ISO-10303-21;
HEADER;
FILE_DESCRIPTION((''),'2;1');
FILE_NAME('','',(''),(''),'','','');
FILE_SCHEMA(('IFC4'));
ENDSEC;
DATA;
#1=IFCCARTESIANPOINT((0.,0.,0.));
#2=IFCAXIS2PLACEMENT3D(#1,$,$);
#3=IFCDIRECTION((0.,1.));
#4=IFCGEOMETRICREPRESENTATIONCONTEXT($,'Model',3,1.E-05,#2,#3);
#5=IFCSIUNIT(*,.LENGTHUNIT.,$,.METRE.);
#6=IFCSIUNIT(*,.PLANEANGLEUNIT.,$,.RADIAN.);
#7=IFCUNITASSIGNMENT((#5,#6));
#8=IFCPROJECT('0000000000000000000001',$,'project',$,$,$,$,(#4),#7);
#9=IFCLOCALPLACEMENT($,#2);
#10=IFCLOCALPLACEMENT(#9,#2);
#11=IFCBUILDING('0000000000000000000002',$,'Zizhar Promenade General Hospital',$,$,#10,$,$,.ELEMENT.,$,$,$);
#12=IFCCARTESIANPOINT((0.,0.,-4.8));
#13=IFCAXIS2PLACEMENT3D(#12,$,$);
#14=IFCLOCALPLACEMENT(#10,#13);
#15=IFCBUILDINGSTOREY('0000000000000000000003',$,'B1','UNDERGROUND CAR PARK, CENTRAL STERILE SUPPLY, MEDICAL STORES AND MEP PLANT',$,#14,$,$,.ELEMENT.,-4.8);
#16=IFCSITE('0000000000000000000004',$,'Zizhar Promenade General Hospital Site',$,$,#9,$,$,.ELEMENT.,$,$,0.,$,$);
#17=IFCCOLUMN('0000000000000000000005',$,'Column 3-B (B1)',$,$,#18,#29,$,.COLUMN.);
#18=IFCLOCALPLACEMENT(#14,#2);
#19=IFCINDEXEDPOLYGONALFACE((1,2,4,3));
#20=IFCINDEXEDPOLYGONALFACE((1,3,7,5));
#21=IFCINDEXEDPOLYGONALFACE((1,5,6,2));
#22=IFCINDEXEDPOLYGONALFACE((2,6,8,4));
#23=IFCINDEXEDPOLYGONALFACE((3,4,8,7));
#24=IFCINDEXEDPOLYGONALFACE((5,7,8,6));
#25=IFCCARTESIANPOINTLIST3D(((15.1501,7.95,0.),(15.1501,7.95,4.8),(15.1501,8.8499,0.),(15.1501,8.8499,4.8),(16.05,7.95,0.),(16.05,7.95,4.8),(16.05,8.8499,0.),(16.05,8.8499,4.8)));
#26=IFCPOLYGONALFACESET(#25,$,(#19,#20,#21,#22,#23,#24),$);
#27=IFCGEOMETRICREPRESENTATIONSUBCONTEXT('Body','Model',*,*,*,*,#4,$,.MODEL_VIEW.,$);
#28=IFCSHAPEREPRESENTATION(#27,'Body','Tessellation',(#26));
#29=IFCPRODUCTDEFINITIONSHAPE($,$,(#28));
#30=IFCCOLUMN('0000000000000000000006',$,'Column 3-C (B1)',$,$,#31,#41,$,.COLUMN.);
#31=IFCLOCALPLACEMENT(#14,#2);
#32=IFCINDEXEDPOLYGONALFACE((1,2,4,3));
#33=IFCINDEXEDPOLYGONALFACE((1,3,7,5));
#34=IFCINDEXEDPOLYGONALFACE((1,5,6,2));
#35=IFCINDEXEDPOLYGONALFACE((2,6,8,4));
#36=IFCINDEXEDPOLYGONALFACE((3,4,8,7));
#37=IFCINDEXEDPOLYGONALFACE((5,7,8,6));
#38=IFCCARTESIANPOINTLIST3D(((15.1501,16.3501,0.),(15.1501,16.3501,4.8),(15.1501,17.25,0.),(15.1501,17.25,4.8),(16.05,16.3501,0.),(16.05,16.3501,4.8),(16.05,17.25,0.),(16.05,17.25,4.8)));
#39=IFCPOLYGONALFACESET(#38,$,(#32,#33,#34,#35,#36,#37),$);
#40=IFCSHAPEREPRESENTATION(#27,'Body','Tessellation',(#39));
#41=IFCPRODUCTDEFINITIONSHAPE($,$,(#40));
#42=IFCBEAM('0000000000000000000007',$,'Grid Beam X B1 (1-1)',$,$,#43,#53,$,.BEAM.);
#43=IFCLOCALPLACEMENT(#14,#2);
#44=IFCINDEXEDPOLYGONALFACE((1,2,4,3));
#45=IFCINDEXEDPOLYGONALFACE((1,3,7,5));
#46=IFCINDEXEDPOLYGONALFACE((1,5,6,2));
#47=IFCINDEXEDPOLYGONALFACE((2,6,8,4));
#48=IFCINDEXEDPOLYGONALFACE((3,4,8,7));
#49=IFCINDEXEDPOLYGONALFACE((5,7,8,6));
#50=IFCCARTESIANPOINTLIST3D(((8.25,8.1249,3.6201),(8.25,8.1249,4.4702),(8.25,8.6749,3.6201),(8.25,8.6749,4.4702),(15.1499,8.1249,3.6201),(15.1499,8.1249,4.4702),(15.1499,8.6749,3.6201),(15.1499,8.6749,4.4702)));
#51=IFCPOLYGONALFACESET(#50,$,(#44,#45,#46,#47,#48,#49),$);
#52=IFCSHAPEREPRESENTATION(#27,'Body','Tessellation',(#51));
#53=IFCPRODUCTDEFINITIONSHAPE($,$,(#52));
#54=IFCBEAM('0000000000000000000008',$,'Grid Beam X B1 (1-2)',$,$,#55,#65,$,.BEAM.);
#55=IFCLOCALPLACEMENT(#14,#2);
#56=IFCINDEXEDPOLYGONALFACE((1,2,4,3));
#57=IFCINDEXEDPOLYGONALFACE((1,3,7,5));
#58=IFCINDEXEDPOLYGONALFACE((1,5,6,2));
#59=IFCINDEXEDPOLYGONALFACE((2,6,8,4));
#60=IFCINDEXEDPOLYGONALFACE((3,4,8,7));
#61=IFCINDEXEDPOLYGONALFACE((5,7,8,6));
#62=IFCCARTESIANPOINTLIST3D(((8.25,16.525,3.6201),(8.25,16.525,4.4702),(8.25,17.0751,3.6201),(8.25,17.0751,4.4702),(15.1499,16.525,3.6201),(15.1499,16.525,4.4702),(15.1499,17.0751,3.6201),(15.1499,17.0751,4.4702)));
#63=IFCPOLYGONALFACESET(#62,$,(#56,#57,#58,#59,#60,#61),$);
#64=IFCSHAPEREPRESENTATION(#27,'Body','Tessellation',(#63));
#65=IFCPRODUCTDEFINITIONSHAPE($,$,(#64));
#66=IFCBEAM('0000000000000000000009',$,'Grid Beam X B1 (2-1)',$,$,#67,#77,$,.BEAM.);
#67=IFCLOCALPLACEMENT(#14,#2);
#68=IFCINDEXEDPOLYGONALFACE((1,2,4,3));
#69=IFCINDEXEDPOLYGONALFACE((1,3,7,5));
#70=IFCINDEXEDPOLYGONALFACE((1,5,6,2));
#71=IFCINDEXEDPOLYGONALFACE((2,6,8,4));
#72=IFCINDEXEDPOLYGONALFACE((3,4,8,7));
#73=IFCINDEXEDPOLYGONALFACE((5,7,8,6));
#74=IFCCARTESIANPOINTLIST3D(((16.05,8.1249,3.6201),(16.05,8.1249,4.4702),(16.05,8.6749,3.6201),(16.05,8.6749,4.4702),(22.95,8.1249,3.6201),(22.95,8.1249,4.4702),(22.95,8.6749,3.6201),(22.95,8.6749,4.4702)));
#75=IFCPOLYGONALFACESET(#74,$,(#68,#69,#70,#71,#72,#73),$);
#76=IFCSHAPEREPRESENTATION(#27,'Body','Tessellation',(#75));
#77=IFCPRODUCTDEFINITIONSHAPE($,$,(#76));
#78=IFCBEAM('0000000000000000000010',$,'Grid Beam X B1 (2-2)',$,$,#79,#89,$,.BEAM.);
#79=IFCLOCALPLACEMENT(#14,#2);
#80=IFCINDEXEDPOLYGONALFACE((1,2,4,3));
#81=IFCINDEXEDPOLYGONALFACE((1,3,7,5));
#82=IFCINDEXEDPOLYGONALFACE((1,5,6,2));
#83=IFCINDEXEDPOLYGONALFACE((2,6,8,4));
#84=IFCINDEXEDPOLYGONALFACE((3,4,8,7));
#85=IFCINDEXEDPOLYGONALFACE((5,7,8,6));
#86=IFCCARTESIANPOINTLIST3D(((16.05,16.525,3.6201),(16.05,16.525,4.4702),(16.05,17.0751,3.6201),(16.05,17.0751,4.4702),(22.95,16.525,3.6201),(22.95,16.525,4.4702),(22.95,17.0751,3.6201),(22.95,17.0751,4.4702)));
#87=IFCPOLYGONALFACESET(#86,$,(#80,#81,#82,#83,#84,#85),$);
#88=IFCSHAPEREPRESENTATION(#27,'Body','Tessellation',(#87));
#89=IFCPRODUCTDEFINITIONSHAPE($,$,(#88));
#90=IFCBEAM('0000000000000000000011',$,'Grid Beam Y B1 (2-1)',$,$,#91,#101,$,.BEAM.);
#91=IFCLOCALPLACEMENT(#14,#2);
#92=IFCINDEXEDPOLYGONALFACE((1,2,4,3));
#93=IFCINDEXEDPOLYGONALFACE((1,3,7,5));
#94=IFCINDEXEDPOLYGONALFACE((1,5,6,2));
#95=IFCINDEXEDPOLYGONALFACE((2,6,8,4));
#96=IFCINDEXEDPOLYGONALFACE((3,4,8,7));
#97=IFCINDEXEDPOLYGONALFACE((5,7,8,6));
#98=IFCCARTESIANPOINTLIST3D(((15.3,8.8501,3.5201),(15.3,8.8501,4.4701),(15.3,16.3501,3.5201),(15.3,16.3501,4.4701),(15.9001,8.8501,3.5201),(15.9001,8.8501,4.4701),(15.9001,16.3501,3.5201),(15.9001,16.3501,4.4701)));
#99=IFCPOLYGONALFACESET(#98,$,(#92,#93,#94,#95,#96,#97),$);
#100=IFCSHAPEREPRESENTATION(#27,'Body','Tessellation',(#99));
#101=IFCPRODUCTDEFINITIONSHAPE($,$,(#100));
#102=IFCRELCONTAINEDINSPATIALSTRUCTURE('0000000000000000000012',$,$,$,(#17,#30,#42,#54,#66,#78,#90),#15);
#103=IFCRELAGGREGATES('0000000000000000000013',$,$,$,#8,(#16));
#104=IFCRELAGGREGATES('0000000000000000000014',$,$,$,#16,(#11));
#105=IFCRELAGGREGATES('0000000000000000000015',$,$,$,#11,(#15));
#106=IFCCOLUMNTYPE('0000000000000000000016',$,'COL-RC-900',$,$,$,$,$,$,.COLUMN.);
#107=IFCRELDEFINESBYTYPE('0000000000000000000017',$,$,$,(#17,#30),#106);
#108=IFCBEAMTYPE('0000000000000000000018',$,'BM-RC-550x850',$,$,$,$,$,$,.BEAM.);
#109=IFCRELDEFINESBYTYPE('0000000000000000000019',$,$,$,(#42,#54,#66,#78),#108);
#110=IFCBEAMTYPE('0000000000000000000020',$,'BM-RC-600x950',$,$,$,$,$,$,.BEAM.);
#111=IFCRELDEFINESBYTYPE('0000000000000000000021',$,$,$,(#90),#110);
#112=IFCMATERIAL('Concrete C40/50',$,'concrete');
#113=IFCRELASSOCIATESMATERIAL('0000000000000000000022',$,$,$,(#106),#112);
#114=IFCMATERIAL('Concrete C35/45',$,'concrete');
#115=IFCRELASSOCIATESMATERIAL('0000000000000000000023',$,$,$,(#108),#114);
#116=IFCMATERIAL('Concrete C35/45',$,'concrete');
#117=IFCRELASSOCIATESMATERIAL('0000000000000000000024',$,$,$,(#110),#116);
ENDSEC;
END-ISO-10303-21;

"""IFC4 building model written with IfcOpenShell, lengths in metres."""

from ifc_helpers import new_model, si_unit, direction, frame, origin, origin_2d, place, context, subcontext, project, spatial, rectangle, extrude, material, material_profile, profile_set, type_object, element, save


model = new_model("IFC4")

# Units and contexts
model_context = context("Model", 3, precision=1e-05, world=origin(), true_north=direction((0.0, 1.0)))
body_context = subcontext(model_context, "Body", "Model", "MODEL_VIEW")
ifc_project = project(units=[si_unit("LENGTHUNIT", "METRE"), si_unit("PLANEANGLEUNIT", "RADIAN")], contexts=[model_context])

# Site, building, storey
site_placement = place(None, origin())
site = spatial("IfcSite", under=ifc_project, at=site_placement, Name="Zizhar Promenade General Hospital Site", CompositionType="ELEMENT", RefElevation=0.0)
building_placement = place(site_placement, origin())
building = spatial("IfcBuilding", under=site, at=building_placement, Name="Zizhar Promenade General Hospital", CompositionType="ELEMENT")
storey_placement = place(building_placement, frame((0.0, 0.0, -4.8)))
storey = spatial("IfcBuildingStorey", under=building, at=storey_placement, Name="B1", Description="UNDERGROUND CAR PARK, CENTRAL STERILE SUPPLY, MEDICAL STORES AND MEP PLANT", CompositionType="ELEMENT", Elevation=-4.8)

# Columns
ifc_material_1 = material(Name="Concrete C40/50", Category="concrete")
ifc_material_profile_1 = material_profile(ifc_material_1, rectangle(XDim=0.8999, YDim=0.8999, at=origin_2d()))
ifc_profile_set_1 = profile_set([ifc_material_profile_1], Name="Concrete C40/50")
column_type = type_object("IfcColumnType", Name="COL-RC-900", PredefinedType="COLUMN", material=ifc_profile_set_1)
for number, where, z_axis, x_axis, name in (
    (1, (15.6001, 8.3999, 0.0), (0.0, 0.0, 1.0), (1.0, 0.0, 0.0), "Column 3-B (B1)"),
    (2, (15.6001, 16.8, 0.0), (0.0, 0.0, 1.0), (1.0, 0.0, 0.0), "Column 3-C (B1)"),
):
    element("IfcColumn", number, at=place(storey_placement, frame(where, z_axis=z_axis, x_axis=x_axis)), inside=storey, type_object=column_type, Name=name, PredefinedType="COLUMN", context=body_context, shape_type="SweptSolid", body=[
        extrude(rectangle(XDim=0.8999, YDim=0.8999, at=origin_2d()), origin(), (0.0, 0.0, 1.0), 4.8),
    ])

# Beams
ifc_material_2 = material(Name="Concrete C35/45", Category="concrete")
ifc_material_profile_2 = material_profile(ifc_material_2, rectangle(XDim=0.55, YDim=0.8501, at=origin_2d()))
ifc_profile_set_2 = profile_set([ifc_material_profile_2], Name="Concrete C35/45")
beam_type_1 = type_object("IfcBeamType", Name="BM-RC-550x850", PredefinedType="BEAM", material=ifc_profile_set_2)
for number, where, z_axis, x_axis, name in (
    (3, (8.25, 8.3999, 4.0452), (1.0, 0.0, 0.0), (0.0, 1.0, 0.0), "Grid Beam X B1 (1-1)"),
    (4, (8.25, 16.8, 4.0452), (1.0, 0.0, 0.0), (0.0, 1.0, 0.0), "Grid Beam X B1 (1-2)"),
    (5, (16.05, 8.3999, 4.0452), (1.0, 0.0, 0.0), (0.0, 1.0, 0.0), "Grid Beam X B1 (2-1)"),
    (6, (16.05, 16.8, 4.0452), (1.0, 0.0, 0.0), (0.0, 1.0, 0.0), "Grid Beam X B1 (2-2)"),
):
    element("IfcBeam", number, at=place(storey_placement, frame(where, z_axis=z_axis, x_axis=x_axis)), inside=storey, type_object=beam_type_1, Name=name, PredefinedType="BEAM", context=body_context, shape_type="SweptSolid", body=[
        extrude(rectangle(XDim=0.55, YDim=0.8501, at=origin_2d()), origin(), (0.0, 0.0, 1.0), 6.8999),
    ])
ifc_material_3 = material(Name="Concrete C35/45", Category="concrete")
ifc_material_profile_3 = material_profile(ifc_material_3, rectangle(XDim=0.6001, YDim=0.95, at=origin_2d()))
ifc_profile_set_3 = profile_set([ifc_material_profile_3], Name="Concrete C35/45")
beam_type_2 = type_object("IfcBeamType", Name="BM-RC-600x950", PredefinedType="BEAM", material=ifc_profile_set_3)
beam_placement = place(storey_placement, frame((15.6001, 8.8501, 3.9951), z_axis=(0.0, 1.0, 0.0), x_axis=(-1.0, 0.0, 0.0)))
element("IfcBeam", 7, at=beam_placement, inside=storey, type_object=beam_type_2, Name="Grid Beam Y B1 (2-1)", PredefinedType="BEAM", context=body_context, shape_type="SweptSolid", body=[
    extrude(rectangle(XDim=0.6001, YDim=0.95, at=origin_2d()), origin(), (0.0, 0.0, 1.0), 7.5),
])

save(model, "model.ifc")
